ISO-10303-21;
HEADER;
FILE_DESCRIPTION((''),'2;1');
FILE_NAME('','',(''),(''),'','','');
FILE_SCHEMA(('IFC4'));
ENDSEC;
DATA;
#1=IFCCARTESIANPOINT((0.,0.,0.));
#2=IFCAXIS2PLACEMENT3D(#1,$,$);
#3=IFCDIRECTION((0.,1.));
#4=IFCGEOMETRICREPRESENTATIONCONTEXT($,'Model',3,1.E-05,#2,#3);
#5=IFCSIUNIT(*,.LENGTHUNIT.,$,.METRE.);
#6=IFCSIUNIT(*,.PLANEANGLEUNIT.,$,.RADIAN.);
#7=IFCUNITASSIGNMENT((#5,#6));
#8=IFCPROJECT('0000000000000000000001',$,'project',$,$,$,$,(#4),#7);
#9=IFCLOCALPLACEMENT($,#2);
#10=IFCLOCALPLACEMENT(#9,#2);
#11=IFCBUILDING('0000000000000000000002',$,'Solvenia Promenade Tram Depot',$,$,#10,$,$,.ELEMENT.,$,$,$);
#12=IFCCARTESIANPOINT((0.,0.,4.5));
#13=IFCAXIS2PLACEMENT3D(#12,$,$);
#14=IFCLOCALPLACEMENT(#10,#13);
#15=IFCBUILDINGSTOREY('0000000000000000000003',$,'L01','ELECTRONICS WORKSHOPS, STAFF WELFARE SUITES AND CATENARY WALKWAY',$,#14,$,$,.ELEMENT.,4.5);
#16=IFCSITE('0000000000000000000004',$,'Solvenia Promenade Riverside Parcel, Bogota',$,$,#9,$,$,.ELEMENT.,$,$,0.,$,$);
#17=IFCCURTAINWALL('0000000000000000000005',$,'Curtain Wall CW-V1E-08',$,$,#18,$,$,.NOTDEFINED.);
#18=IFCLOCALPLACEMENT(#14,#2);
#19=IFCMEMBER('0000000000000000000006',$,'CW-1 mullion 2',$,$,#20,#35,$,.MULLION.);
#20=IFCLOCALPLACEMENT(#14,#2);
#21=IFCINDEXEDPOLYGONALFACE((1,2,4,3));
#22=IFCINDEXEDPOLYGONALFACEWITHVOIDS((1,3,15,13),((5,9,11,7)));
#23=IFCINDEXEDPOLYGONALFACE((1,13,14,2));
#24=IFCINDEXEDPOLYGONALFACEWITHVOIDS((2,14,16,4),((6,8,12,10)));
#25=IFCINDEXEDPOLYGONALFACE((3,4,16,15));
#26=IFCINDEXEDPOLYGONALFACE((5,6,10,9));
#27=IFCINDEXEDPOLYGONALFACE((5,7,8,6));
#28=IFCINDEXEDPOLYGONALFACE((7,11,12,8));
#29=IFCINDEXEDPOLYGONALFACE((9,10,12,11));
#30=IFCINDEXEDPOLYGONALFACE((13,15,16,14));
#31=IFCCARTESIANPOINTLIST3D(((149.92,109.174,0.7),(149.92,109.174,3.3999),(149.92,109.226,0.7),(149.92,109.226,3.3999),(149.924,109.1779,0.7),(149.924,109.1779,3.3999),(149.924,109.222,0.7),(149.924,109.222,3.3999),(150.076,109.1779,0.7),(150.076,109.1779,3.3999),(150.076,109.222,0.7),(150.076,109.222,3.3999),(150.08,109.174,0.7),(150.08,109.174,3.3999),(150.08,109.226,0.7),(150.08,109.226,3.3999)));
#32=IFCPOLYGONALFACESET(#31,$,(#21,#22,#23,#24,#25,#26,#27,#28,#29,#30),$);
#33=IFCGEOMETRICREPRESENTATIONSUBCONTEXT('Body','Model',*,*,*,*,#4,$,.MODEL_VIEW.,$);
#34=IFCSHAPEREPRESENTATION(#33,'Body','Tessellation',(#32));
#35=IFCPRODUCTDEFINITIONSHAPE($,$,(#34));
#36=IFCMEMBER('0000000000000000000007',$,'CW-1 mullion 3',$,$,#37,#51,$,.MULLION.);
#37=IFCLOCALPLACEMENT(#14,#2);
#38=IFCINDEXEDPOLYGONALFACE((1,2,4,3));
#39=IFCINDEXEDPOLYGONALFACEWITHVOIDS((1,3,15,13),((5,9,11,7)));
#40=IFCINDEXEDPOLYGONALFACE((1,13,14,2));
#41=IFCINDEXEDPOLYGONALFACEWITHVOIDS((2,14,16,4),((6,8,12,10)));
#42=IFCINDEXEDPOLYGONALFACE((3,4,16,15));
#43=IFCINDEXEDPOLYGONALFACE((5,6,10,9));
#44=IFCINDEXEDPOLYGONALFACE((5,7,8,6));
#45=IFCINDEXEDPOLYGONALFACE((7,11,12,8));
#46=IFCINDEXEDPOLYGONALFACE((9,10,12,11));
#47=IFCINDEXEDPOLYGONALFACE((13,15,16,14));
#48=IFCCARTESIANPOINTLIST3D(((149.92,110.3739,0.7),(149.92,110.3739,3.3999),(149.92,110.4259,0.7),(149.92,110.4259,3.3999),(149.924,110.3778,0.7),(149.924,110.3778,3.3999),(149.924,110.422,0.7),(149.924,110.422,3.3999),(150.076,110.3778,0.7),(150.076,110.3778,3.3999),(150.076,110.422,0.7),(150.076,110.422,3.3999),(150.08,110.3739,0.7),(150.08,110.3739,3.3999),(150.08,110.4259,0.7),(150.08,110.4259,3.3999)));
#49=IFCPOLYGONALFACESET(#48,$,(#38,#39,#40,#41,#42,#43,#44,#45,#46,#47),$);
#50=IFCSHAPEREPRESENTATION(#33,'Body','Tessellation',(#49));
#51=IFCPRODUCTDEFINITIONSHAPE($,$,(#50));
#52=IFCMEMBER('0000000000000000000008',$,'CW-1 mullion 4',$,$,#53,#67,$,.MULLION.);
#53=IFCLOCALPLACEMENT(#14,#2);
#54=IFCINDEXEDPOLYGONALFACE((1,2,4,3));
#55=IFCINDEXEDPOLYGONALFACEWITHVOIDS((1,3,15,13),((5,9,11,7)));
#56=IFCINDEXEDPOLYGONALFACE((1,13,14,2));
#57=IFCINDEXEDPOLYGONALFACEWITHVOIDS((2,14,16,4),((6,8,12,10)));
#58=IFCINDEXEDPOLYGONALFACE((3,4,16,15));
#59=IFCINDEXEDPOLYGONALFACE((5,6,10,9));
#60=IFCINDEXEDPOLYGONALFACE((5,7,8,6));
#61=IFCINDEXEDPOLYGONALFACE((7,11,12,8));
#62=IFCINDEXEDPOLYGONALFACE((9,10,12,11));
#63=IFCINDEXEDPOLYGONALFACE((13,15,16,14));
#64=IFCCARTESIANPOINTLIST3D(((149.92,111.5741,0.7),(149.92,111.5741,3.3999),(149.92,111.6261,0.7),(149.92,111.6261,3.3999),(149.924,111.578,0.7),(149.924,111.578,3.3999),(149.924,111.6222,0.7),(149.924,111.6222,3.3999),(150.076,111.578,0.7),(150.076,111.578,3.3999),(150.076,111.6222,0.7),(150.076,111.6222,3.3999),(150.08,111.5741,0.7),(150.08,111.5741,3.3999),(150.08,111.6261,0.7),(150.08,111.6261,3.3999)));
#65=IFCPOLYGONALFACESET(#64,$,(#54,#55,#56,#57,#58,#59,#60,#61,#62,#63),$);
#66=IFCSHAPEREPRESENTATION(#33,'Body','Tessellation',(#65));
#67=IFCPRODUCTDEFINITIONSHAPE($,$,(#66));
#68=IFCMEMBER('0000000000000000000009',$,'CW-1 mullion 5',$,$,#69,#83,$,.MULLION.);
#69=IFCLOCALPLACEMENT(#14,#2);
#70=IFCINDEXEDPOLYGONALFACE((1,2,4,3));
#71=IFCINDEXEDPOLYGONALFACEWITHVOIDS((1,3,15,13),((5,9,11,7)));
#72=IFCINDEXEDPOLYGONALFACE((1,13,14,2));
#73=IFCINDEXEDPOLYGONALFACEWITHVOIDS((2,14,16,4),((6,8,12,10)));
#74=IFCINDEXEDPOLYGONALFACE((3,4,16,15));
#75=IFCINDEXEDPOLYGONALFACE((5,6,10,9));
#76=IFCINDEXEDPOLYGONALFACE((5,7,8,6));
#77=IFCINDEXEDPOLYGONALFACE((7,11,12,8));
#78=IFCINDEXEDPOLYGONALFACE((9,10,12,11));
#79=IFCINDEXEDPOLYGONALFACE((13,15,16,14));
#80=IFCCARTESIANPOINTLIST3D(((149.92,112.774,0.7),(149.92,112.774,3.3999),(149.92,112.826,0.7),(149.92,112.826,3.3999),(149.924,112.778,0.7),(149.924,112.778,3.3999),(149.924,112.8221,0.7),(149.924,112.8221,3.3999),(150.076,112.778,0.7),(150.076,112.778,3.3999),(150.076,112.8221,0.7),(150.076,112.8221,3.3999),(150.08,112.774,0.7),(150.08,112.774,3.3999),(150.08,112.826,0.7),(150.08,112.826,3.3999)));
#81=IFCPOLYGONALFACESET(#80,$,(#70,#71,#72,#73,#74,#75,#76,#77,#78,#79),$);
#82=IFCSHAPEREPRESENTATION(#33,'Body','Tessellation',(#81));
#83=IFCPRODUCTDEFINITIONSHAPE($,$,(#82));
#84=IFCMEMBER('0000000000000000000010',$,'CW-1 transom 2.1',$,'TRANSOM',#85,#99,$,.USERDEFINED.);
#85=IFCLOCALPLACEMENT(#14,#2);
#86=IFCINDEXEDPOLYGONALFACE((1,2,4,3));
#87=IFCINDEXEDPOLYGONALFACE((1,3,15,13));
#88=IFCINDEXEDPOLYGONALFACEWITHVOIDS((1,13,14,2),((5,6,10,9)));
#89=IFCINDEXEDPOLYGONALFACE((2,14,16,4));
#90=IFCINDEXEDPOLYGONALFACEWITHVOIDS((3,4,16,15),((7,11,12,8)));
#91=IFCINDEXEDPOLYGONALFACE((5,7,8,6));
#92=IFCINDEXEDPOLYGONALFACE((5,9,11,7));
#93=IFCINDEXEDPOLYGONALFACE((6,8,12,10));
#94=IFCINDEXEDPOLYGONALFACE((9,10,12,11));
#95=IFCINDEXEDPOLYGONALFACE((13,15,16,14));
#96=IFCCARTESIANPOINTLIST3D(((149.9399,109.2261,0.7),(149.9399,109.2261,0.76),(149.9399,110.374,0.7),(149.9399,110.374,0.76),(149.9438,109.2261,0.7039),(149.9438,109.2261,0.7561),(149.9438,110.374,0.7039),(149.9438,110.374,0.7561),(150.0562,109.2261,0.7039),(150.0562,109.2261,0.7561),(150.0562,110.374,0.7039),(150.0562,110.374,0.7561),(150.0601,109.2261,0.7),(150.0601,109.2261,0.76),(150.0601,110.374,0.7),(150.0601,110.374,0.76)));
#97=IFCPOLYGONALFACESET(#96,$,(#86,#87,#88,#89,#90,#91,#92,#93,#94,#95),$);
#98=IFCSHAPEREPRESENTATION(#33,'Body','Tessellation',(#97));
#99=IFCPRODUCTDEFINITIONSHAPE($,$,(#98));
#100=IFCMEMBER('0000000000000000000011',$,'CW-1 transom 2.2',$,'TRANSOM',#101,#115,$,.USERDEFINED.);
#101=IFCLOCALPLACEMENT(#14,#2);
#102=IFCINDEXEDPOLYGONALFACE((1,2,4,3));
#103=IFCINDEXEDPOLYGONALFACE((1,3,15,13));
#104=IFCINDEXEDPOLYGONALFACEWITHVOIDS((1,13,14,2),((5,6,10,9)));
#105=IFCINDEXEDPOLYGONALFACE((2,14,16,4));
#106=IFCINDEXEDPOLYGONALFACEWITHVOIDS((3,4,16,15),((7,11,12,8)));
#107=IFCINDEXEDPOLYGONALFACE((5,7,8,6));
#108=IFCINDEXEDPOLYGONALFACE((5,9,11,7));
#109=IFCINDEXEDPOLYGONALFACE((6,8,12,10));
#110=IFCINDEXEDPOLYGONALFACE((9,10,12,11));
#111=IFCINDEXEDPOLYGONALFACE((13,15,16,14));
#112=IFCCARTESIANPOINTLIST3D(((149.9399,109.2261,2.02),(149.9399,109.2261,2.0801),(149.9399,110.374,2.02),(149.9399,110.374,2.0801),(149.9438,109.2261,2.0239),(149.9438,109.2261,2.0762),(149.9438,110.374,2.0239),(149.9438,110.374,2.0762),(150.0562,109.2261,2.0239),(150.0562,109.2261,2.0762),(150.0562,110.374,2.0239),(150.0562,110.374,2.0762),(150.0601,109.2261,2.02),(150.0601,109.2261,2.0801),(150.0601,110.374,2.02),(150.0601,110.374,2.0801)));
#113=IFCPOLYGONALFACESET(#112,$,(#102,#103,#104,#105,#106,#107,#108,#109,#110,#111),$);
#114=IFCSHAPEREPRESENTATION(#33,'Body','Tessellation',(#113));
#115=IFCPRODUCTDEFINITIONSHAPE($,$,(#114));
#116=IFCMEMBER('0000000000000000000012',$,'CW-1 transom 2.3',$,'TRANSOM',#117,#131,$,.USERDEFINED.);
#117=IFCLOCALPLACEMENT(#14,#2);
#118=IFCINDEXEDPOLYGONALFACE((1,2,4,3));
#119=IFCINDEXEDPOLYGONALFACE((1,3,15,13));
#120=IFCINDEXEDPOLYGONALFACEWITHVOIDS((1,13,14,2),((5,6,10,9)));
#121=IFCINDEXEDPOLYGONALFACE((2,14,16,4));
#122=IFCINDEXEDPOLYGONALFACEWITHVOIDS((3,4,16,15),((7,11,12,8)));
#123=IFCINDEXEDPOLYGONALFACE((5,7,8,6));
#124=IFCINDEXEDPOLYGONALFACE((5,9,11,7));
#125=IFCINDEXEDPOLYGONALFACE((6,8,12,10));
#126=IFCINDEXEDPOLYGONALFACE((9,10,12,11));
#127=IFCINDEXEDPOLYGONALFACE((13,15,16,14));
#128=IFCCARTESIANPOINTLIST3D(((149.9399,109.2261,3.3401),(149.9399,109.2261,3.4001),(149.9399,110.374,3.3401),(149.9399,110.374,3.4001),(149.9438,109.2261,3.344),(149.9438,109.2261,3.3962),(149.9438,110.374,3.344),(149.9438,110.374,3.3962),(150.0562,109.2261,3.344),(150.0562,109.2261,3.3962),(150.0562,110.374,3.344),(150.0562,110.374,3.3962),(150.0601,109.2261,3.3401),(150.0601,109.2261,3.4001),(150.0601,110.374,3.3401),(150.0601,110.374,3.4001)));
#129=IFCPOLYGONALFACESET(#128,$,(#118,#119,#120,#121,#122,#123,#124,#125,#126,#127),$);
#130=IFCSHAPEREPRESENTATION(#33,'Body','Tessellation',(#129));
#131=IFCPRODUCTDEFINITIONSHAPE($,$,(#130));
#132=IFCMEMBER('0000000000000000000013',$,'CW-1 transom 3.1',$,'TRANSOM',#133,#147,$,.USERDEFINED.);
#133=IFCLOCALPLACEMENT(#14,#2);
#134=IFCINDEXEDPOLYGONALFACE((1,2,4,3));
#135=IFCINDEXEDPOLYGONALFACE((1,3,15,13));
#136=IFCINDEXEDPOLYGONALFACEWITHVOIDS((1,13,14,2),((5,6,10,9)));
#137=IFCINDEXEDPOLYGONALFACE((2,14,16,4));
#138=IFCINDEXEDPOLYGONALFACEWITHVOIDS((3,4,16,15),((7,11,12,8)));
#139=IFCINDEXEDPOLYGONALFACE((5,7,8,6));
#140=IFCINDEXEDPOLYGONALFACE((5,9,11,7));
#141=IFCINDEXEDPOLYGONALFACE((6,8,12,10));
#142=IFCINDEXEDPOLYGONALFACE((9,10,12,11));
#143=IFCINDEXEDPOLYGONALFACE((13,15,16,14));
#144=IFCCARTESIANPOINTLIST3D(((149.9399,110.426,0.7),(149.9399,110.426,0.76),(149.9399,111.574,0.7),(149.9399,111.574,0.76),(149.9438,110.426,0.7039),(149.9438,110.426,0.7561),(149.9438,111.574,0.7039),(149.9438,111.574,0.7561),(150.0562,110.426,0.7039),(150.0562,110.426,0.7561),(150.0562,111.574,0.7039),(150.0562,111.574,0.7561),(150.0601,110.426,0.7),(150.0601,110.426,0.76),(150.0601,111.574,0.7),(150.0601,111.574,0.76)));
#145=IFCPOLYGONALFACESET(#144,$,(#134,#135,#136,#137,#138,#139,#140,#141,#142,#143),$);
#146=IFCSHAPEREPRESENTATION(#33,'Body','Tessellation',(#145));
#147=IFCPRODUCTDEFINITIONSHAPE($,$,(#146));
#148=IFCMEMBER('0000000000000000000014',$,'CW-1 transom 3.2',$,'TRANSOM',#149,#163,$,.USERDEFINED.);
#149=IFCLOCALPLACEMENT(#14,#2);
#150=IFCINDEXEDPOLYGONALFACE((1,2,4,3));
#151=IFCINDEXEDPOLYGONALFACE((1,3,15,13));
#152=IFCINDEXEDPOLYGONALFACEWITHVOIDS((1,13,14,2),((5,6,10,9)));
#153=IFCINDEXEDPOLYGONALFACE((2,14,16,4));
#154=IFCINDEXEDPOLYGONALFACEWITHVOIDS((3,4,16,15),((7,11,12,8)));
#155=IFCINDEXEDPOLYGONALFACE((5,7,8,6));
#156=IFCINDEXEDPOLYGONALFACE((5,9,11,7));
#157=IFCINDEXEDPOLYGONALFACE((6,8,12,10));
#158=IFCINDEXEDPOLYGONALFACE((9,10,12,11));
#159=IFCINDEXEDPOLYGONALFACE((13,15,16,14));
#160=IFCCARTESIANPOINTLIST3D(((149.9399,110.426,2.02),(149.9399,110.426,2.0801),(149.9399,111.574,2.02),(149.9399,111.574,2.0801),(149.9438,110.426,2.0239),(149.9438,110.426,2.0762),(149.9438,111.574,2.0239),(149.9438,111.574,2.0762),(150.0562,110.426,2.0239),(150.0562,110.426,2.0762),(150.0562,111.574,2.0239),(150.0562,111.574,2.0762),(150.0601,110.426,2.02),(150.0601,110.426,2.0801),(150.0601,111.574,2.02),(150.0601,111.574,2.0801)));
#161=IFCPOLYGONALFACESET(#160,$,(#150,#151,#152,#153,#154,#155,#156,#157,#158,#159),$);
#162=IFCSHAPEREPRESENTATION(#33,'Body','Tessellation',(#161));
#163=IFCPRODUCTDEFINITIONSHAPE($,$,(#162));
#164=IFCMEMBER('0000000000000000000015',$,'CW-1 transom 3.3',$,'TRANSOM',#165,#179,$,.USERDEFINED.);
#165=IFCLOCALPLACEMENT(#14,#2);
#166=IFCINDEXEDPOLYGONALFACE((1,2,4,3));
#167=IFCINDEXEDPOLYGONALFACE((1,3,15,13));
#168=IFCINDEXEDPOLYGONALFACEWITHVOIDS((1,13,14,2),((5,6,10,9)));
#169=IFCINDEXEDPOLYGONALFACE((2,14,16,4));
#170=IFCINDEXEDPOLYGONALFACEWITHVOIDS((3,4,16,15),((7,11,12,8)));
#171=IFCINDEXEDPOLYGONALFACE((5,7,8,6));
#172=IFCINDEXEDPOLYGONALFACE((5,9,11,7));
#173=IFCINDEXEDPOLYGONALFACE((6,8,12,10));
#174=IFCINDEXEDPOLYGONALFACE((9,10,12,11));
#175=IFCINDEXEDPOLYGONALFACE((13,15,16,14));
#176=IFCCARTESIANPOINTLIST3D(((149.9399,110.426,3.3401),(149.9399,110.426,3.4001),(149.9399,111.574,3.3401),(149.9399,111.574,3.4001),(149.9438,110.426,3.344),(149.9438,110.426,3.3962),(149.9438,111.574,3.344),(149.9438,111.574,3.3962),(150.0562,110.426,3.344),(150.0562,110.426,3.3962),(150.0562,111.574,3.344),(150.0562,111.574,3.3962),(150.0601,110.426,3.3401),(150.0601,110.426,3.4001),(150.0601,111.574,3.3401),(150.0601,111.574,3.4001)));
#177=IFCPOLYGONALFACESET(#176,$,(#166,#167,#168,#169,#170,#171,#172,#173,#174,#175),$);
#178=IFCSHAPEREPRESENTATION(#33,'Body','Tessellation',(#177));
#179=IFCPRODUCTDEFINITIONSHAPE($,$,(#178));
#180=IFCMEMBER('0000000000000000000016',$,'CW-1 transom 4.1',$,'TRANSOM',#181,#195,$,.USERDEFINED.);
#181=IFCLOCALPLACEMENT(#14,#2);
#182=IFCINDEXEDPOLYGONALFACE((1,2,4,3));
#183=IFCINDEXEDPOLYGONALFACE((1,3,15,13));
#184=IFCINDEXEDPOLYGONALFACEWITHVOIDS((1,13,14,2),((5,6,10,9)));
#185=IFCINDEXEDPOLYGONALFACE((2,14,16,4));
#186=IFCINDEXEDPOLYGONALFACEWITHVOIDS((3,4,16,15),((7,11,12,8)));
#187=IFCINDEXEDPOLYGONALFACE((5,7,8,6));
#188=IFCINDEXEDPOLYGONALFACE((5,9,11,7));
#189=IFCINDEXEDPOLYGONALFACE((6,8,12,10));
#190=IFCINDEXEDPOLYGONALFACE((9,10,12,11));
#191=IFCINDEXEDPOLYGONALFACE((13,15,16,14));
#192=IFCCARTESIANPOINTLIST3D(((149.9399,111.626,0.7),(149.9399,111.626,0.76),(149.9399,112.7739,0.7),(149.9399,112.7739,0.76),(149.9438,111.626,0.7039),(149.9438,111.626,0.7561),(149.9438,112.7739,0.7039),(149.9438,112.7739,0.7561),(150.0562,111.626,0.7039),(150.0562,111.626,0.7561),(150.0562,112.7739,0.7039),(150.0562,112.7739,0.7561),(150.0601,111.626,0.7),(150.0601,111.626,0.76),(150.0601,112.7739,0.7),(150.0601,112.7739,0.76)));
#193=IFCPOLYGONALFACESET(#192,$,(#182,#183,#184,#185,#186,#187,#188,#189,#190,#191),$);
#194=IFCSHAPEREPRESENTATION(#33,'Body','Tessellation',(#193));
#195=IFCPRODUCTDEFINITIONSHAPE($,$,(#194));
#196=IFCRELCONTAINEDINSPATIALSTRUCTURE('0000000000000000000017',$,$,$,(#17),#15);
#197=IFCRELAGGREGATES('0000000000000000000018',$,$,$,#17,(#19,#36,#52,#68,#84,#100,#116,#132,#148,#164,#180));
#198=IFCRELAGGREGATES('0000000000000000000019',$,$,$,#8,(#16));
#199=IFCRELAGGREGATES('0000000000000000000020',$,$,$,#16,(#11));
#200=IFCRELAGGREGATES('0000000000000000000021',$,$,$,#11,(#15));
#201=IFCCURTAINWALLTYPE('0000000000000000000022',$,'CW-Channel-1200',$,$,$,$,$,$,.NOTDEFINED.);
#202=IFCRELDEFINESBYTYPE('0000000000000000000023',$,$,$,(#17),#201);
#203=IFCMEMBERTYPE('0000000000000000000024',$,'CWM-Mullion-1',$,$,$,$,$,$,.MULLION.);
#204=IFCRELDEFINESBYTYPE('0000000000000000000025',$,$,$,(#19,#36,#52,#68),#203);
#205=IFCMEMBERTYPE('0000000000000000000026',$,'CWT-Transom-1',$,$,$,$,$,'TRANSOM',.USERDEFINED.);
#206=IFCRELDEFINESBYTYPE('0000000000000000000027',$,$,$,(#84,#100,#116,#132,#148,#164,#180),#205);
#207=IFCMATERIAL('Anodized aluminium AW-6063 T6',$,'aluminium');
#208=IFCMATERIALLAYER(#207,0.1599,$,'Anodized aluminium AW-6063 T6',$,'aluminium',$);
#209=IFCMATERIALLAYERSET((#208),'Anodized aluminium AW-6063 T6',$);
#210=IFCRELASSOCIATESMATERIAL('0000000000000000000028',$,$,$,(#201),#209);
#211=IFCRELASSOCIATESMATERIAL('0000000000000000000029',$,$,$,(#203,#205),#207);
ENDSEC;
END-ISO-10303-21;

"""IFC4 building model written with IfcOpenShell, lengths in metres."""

from ifc_helpers import new_model, si_unit, direction, frame, origin, origin_2d, place, context, subcontext, project, spatial, hollow_rectangle, extrude, material, layer, layer_set, material_profile, profile_set, type_object, element, aggregate, save


model = new_model("IFC4")

# Units and contexts
model_context = context("Model", 3, precision=1e-05, world=origin(), true_north=direction((0.0, 1.0)))
body_context = subcontext(model_context, "Body", "Model", "MODEL_VIEW")
ifc_project = project(units=[si_unit("LENGTHUNIT", "METRE"), si_unit("PLANEANGLEUNIT", "RADIAN")], contexts=[model_context])

# Site, building, storey
site_placement = place(None, origin())
site = spatial("IfcSite", under=ifc_project, at=site_placement, Name="Solvenia Promenade Riverside Parcel, Bogota", CompositionType="ELEMENT", RefElevation=0.0)
building_placement = place(site_placement, origin())
building = spatial("IfcBuilding", under=site, at=building_placement, Name="Solvenia Promenade Tram Depot", CompositionType="ELEMENT")
storey_placement = place(building_placement, frame((0.0, 0.0, 4.5)))
storey = spatial("IfcBuildingStorey", under=building, at=storey_placement, Name="L01", Description="ELECTRONICS WORKSHOPS, STAFF WELFARE SUITES AND CATENARY WALKWAY", CompositionType="ELEMENT", Elevation=4.5)

# Curtain wall, members
ifc_material_1 = material(Name="Anodized aluminium AW-6063 T6", Category="aluminium")
ifc_layer_1 = layer(ifc_material_1, 0.1599, Name="Anodized aluminium AW-6063 T6", Category="aluminium")
ifc_layer_set_1 = layer_set([ifc_layer_1], Name="Anodized aluminium AW-6063 T6")
curtain_wall_type = type_object("IfcCurtainWallType", Name="CW-Channel-1200", PredefinedType="NOTDEFINED", material=ifc_layer_set_1)
curtain_wall_placement = place(storey_placement, origin())
curtain_wall = element("IfcCurtainWall", 1, at=curtain_wall_placement, inside=storey, type_object=curtain_wall_type, Name="Curtain Wall CW-V1E-08", PredefinedType="NOTDEFINED")
ifc_material_profile_1 = material_profile(ifc_material_1, hollow_rectangle(XDim=0.1599, YDim=0.052, WallThickness=0.0039, at=origin_2d()), Name="ALU-M1", Category="aluminium")
ifc_profile_set_1 = profile_set([ifc_material_profile_1], Name="Anodized aluminium AW-6063 T6")
member_type_1 = type_object("IfcMemberType", Name="CWM-Mullion-1", PredefinedType="MULLION", material=ifc_profile_set_1)
member_1_placement = place(storey_placement, frame((150.0, 109.2, 0.7), z_axis=(0.0, 0.0, 1.0), x_axis=(-1.0, 0.0, 0.0)))
member_1 = element("IfcMember", 2, at=member_1_placement, type_object=member_type_1, Name="CW-1 mullion 2", PredefinedType="MULLION", context=body_context, shape_type="SweptSolid", body=[
    extrude(hollow_rectangle(XDim=0.1599, YDim=0.052, WallThickness=0.0039, at=origin_2d()), origin(), (0.0, 0.0, 1.0), 2.7),
])
member_2_placement = place(storey_placement, frame((150.0, 110.3999, 0.7), z_axis=(0.0, 0.0, 1.0), x_axis=(-1.0, 0.0, 0.0)))
member_2 = element("IfcMember", 3, at=member_2_placement, type_object=member_type_1, Name="CW-1 mullion 3", PredefinedType="MULLION", context=body_context, shape_type="SweptSolid", body=[
    extrude(hollow_rectangle(XDim=0.1599, YDim=0.052, WallThickness=0.0039, at=origin_2d()), origin(), (0.0, 0.0, 1.0), 2.7),
])
member_3_placement = place(storey_placement, frame((150.0, 111.6001, 0.7), z_axis=(0.0, 0.0, 1.0), x_axis=(-1.0, 0.0, 0.0)))
member_3 = element("IfcMember", 4, at=member_3_placement, type_object=member_type_1, Name="CW-1 mullion 4", PredefinedType="MULLION", context=body_context, shape_type="SweptSolid", body=[
    extrude(hollow_rectangle(XDim=0.1599, YDim=0.052, WallThickness=0.0039, at=origin_2d()), origin(), (0.0, 0.0, 1.0), 2.7),
])
member_4_placement = place(storey_placement, frame((150.0, 112.8, 0.7), z_axis=(0.0, 0.0, 1.0), x_axis=(-1.0, 0.0, 0.0)))
member_4 = element("IfcMember", 5, at=member_4_placement, type_object=member_type_1, Name="CW-1 mullion 5", PredefinedType="MULLION", context=body_context, shape_type="SweptSolid", body=[
    extrude(hollow_rectangle(XDim=0.1599, YDim=0.052, WallThickness=0.0039, at=origin_2d()), origin(), (0.0, 0.0, 1.0), 2.7),
])
ifc_material_profile_2 = material_profile(ifc_material_1, hollow_rectangle(XDim=0.1201, YDim=0.0601, WallThickness=0.0039, at=origin_2d()), Name="ALU-T1", Category="aluminium")
ifc_profile_set_2 = profile_set([ifc_material_profile_2], Name="Anodized aluminium AW-6063 T6")
member_type_2 = type_object("IfcMemberType", Name="CWT-Transom-1", ElementType="TRANSOM", PredefinedType="USERDEFINED", material=ifc_profile_set_2)
member_5_placement = place(storey_placement, frame((150.0, 109.2261, 0.73), z_axis=(0.0, 1.0, 0.0), x_axis=(-1.0, 0.0, 0.0)))
member_5 = element("IfcMember", 6, at=member_5_placement, type_object=member_type_2, Name="CW-1 transom 2.1", ObjectType="TRANSOM", PredefinedType="USERDEFINED", context=body_context, shape_type="SweptSolid", body=[
    extrude(hollow_rectangle(XDim=0.1201, YDim=0.0601, WallThickness=0.0039, at=origin_2d()), origin(), (0.0, 0.0, 1.0), 1.1479),
])
member_6_placement = place(storey_placement, frame((150.0, 109.2261, 2.05), z_axis=(0.0, 1.0, 0.0), x_axis=(-1.0, 0.0, 0.0)))
member_6 = element("IfcMember", 7, at=member_6_placement, type_object=member_type_2, Name="CW-1 transom 2.2", ObjectType="TRANSOM", PredefinedType="USERDEFINED", context=body_context, shape_type="SweptSolid", body=[
    extrude(hollow_rectangle(XDim=0.1201, YDim=0.0601, WallThickness=0.0039, at=origin_2d()), origin(), (0.0, 0.0, 1.0), 1.1479),
])
member_7_placement = place(storey_placement, frame((150.0, 109.2261, 3.3701), z_axis=(0.0, 1.0, 0.0), x_axis=(-1.0, 0.0, 0.0)))
member_7 = element("IfcMember", 8, at=member_7_placement, type_object=member_type_2, Name="CW-1 transom 2.3", ObjectType="TRANSOM", PredefinedType="USERDEFINED", context=body_context, shape_type="SweptSolid", body=[
    extrude(hollow_rectangle(XDim=0.1201, YDim=0.0601, WallThickness=0.0039, at=origin_2d()), origin(), (0.0, 0.0, 1.0), 1.1479),
])
member_8_placement = place(storey_placement, frame((150.0, 110.426, 0.73), z_axis=(0.0, 1.0, 0.0), x_axis=(-1.0, 0.0, 0.0)))
member_8 = element("IfcMember", 9, at=member_8_placement, type_object=member_type_2, Name="CW-1 transom 3.1", ObjectType="TRANSOM", PredefinedType="USERDEFINED", context=body_context, shape_type="SweptSolid", body=[
    extrude(hollow_rectangle(XDim=0.1201, YDim=0.0601, WallThickness=0.0039, at=origin_2d()), origin(), (0.0, 0.0, 1.0), 1.1479),
])
member_9_placement = place(storey_placement, frame((150.0, 110.426, 2.05), z_axis=(0.0, 1.0, 0.0), x_axis=(-1.0, 0.0, 0.0)))
member_9 = element("IfcMember", 10, at=member_9_placement, type_object=member_type_2, Name="CW-1 transom 3.2", ObjectType="TRANSOM", PredefinedType="USERDEFINED", context=body_context, shape_type="SweptSolid", body=[
    extrude(hollow_rectangle(XDim=0.1201, YDim=0.0601, WallThickness=0.0039, at=origin_2d()), origin(), (0.0, 0.0, 1.0), 1.1479),
])
member_10_placement = place(storey_placement, frame((150.0, 110.426, 3.3701), z_axis=(0.0, 1.0, 0.0), x_axis=(-1.0, 0.0, 0.0)))
member_10 = element("IfcMember", 11, at=member_10_placement, type_object=member_type_2, Name="CW-1 transom 3.3", ObjectType="TRANSOM", PredefinedType="USERDEFINED", context=body_context, shape_type="SweptSolid", body=[
    extrude(hollow_rectangle(XDim=0.1201, YDim=0.0601, WallThickness=0.0039, at=origin_2d()), origin(), (0.0, 0.0, 1.0), 1.1479),
])
member_11_placement = place(storey_placement, frame((150.0, 111.626, 0.73), z_axis=(0.0, 1.0, 0.0), x_axis=(-1.0, 0.0, 0.0)))
member_11 = element("IfcMember", 12, at=member_11_placement, type_object=member_type_2, Name="CW-1 transom 4.1", ObjectType="TRANSOM", PredefinedType="USERDEFINED", context=body_context, shape_type="SweptSolid", body=[
    extrude(hollow_rectangle(XDim=0.1201, YDim=0.0601, WallThickness=0.0039, at=origin_2d()), origin(), (0.0, 0.0, 1.0), 1.1479),
])
aggregate(curtain_wall, [member_1, member_2, member_3, member_4, member_5, member_6, member_7, member_8, member_9, member_10, member_11])

save(model, "model.ifc")
